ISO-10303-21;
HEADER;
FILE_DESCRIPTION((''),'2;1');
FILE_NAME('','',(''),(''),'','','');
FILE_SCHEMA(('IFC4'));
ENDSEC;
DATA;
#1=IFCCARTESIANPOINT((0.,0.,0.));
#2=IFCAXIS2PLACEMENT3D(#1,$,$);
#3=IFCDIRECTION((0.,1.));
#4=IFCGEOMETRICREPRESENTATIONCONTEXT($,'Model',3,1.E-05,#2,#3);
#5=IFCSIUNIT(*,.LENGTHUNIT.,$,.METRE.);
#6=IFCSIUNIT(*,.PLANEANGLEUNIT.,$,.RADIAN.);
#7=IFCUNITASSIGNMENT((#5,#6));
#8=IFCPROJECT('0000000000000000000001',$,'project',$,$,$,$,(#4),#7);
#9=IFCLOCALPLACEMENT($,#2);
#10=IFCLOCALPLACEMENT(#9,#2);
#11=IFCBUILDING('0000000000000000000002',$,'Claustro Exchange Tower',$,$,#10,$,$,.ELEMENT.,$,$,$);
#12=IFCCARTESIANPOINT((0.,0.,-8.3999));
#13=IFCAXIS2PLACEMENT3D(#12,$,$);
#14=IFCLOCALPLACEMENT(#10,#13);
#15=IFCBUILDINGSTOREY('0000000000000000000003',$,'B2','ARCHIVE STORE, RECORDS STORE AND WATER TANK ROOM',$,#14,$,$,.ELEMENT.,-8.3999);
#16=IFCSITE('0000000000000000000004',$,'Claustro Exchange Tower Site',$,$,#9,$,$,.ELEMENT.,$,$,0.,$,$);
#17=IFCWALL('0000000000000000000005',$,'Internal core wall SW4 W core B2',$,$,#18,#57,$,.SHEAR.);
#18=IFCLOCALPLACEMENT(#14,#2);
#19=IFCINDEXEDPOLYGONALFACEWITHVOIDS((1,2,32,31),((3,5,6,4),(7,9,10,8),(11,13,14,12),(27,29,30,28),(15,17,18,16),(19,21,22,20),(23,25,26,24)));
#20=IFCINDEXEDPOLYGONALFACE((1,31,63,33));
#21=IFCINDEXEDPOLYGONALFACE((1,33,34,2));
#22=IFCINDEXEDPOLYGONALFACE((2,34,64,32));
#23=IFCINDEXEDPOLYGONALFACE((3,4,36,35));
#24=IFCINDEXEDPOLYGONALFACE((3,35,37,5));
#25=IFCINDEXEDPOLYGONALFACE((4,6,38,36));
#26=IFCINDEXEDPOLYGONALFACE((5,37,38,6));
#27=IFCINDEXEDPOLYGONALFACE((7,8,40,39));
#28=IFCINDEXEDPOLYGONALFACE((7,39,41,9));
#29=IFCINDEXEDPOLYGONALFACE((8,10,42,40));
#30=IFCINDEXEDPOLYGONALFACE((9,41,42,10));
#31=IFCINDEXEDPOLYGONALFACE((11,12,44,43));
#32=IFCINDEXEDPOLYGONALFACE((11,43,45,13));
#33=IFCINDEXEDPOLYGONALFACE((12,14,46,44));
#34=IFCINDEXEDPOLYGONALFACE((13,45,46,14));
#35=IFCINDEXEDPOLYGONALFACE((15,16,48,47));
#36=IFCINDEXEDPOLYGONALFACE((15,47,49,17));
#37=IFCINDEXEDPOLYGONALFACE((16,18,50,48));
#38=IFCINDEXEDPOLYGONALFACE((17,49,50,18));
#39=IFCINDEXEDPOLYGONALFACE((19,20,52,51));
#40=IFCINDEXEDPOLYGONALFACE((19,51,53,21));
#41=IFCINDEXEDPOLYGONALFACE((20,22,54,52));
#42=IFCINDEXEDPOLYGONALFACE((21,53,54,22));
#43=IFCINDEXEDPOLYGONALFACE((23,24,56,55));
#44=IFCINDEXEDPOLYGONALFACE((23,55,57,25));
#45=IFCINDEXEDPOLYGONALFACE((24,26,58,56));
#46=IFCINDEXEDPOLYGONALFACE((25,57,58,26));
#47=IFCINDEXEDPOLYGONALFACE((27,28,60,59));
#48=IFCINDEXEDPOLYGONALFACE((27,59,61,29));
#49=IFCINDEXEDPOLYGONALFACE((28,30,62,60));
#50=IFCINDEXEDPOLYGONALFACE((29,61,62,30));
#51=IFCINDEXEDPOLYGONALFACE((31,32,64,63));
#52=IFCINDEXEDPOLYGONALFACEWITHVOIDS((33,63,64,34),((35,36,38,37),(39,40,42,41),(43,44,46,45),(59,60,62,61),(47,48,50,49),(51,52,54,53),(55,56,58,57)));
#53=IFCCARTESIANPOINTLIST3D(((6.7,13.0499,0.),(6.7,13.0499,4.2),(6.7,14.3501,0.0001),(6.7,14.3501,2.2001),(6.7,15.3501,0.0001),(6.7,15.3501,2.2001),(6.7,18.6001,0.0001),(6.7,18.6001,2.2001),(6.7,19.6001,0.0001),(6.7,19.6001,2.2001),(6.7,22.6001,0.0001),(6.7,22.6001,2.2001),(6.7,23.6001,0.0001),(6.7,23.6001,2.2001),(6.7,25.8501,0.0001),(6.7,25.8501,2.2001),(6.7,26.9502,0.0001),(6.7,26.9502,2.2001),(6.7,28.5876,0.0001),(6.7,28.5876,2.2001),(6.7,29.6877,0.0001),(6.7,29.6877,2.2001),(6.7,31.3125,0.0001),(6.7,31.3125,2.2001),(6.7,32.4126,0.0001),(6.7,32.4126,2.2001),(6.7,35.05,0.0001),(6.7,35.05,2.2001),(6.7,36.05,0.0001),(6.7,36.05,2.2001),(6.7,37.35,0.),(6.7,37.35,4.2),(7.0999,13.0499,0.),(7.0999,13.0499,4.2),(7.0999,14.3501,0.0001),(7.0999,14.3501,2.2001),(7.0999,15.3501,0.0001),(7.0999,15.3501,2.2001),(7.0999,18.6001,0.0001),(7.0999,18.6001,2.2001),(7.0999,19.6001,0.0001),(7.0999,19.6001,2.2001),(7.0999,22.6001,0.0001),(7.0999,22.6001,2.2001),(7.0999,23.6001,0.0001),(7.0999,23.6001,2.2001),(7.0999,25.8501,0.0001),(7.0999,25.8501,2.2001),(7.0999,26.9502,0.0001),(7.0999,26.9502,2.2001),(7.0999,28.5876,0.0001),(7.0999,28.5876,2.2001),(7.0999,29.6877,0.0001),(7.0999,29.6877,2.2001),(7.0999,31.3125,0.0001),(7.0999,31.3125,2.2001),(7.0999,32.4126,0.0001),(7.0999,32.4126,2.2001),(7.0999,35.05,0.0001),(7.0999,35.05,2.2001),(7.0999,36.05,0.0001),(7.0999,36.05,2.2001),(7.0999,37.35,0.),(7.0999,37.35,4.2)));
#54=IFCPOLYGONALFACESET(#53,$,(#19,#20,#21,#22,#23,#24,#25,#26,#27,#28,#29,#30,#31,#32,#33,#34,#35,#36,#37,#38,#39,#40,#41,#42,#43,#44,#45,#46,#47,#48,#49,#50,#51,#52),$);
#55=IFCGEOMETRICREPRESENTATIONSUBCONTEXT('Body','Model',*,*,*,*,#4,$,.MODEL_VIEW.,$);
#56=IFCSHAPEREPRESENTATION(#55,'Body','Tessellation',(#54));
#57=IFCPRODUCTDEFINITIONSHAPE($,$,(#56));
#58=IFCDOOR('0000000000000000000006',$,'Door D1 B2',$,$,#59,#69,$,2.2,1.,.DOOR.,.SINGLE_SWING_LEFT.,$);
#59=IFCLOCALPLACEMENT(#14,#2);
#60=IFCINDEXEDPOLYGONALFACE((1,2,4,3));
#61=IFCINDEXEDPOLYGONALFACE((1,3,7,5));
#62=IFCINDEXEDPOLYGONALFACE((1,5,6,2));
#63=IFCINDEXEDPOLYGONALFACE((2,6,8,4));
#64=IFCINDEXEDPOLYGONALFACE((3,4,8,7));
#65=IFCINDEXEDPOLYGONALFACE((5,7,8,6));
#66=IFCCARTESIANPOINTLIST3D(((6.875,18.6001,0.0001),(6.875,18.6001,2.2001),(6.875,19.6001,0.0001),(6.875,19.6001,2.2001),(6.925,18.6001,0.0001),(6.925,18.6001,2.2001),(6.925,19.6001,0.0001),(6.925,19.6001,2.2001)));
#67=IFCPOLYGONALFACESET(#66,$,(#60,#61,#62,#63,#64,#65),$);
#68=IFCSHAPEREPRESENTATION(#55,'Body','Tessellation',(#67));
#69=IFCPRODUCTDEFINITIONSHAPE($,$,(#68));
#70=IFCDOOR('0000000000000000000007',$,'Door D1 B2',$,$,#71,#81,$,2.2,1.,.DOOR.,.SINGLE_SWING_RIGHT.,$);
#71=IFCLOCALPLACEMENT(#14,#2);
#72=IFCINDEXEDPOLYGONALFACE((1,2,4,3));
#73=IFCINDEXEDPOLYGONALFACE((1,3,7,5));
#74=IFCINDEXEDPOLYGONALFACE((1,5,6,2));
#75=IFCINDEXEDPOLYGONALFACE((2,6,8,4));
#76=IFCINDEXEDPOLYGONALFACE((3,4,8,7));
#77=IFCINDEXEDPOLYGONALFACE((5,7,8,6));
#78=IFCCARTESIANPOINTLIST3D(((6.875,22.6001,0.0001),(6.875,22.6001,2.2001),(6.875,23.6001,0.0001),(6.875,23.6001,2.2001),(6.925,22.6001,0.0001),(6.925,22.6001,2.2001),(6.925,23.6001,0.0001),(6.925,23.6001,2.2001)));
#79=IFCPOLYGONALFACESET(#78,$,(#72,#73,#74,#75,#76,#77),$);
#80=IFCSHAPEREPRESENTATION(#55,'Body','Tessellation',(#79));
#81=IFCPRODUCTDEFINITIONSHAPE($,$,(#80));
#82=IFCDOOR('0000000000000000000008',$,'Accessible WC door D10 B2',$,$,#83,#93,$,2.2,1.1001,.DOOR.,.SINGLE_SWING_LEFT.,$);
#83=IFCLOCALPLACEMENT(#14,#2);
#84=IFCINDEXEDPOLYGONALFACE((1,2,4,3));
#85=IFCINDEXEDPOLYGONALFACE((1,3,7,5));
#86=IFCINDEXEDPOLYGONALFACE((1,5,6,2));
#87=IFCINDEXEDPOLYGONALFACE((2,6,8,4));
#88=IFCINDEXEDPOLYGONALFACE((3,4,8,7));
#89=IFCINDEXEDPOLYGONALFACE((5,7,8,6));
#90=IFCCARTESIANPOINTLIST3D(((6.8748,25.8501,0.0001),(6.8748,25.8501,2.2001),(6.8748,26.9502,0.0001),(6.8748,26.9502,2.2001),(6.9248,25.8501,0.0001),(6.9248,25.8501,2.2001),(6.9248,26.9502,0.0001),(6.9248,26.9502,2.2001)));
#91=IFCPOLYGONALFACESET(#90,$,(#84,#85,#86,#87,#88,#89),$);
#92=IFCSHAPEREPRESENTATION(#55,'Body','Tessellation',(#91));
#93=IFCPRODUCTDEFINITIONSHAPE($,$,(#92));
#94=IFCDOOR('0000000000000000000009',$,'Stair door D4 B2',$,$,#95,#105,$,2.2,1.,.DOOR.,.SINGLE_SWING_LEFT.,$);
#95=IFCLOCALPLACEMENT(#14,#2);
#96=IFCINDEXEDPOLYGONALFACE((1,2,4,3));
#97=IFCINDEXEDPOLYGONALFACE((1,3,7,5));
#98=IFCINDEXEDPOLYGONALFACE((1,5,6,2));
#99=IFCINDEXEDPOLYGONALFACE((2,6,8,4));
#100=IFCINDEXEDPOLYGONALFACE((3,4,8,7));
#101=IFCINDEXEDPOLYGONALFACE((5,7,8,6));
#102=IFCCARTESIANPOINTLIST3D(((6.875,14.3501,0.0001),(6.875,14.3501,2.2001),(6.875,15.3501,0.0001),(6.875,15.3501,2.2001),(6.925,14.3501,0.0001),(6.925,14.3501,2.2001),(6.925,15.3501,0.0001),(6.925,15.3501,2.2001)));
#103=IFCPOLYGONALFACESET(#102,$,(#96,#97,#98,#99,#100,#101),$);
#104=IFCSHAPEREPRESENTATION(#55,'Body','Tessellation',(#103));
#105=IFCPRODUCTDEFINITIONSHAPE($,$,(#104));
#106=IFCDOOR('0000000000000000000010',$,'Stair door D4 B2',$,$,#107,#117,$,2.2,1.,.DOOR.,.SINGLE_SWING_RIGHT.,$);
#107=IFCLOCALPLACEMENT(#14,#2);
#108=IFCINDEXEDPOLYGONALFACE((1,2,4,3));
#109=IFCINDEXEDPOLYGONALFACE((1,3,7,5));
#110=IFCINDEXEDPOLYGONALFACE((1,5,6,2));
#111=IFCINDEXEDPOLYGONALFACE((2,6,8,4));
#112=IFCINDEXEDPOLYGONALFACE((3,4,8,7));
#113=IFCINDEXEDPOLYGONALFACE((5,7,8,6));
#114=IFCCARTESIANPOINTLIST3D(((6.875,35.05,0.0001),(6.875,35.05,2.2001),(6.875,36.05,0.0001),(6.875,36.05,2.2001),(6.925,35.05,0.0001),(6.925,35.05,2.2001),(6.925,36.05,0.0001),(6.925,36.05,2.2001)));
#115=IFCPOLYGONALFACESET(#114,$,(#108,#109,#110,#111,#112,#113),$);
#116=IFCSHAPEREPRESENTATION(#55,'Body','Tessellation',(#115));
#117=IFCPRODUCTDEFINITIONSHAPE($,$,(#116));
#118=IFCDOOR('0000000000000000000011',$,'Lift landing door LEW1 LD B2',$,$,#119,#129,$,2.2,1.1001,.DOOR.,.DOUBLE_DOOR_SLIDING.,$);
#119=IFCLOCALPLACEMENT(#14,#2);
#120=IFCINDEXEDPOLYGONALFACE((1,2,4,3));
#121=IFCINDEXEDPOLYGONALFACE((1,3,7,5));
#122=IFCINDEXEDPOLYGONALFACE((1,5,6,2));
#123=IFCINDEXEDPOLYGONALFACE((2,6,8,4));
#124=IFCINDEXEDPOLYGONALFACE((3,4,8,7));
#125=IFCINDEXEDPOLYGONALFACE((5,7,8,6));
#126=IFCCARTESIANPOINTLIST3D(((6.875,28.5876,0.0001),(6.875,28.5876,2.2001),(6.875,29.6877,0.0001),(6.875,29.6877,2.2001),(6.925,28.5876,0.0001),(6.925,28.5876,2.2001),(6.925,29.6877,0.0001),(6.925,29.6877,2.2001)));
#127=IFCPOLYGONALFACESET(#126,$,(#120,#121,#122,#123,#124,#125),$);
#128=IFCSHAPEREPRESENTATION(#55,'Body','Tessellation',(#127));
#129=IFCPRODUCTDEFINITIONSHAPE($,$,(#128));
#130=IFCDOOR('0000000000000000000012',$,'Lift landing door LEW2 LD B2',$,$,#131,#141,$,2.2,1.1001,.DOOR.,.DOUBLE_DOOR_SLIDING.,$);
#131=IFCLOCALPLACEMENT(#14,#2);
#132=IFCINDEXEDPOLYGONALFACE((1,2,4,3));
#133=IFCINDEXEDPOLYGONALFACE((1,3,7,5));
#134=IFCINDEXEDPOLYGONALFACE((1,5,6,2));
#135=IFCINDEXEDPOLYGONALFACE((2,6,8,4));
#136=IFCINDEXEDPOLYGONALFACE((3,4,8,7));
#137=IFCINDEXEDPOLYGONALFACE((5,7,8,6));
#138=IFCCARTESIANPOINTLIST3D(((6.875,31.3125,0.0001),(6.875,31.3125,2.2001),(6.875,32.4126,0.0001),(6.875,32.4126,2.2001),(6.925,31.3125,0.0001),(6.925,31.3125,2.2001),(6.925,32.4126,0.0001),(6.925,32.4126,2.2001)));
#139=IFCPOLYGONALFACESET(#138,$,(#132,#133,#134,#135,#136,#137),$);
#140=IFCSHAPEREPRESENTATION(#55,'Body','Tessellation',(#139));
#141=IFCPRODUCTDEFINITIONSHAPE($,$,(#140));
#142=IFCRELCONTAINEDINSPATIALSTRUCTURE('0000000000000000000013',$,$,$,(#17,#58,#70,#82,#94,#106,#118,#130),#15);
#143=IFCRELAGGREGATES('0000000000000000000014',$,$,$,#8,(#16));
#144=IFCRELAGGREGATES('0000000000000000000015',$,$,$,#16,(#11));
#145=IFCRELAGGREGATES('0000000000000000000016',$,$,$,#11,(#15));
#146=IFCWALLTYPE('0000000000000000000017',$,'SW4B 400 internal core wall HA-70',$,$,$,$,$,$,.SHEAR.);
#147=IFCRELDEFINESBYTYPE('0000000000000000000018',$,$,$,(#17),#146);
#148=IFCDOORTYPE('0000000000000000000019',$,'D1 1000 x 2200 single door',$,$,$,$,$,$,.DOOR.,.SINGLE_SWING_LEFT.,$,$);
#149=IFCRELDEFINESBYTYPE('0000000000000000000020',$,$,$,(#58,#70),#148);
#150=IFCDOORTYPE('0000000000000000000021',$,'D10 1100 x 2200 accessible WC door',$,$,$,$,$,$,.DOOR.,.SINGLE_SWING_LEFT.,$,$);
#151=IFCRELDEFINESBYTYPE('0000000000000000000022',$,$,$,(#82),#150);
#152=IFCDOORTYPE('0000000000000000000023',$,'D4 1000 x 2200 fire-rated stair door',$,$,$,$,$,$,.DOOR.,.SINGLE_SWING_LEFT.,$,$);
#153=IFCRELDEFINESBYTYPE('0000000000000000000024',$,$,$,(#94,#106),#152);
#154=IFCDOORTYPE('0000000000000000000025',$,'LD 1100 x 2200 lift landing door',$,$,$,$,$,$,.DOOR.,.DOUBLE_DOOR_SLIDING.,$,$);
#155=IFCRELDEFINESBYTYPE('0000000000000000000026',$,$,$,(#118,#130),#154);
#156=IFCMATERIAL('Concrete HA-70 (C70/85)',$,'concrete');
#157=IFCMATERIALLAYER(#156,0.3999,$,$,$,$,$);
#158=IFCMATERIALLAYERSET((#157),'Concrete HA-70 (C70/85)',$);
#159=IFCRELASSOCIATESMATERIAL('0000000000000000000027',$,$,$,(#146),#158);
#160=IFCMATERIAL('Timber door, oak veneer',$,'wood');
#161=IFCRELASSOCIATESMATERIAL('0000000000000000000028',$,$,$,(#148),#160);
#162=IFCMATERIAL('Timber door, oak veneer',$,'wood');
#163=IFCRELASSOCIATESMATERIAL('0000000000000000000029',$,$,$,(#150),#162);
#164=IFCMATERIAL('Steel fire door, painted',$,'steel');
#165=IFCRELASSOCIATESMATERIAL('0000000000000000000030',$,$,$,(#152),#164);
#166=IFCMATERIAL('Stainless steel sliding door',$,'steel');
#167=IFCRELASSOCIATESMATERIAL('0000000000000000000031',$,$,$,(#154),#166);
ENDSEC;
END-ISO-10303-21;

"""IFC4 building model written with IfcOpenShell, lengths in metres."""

from ifc_helpers import new_model, si_unit, direction, frame, frame_2d, origin, place, context, subcontext, project, spatial, rectangle, extrude, material, layer, layer_set, type_object, element, fill, save


model = new_model("IFC4")

# Units and contexts
model_context = context("Model", 3, precision=1e-05, world=origin(), true_north=direction((0.0, 1.0)))
body_context = subcontext(model_context, "Body", "Model", "MODEL_VIEW")
ifc_project = project(units=[si_unit("LENGTHUNIT", "METRE"), si_unit("PLANEANGLEUNIT", "RADIAN")], contexts=[model_context])

# Site, building, storey
site_placement = place(None, origin())
site = spatial("IfcSite", under=ifc_project, at=site_placement, Name="Claustro Exchange Tower Site", CompositionType="ELEMENT", RefElevation=0.0)
building_placement = place(site_placement, origin())
building = spatial("IfcBuilding", under=site, at=building_placement, Name="Claustro Exchange Tower", CompositionType="ELEMENT")
storey_placement = place(building_placement, frame((0.0, 0.0, -8.3999)))
storey = spatial("IfcBuildingStorey", under=building, at=storey_placement, Name="B2", Description="ARCHIVE STORE, RECORDS STORE AND WATER TANK ROOM", CompositionType="ELEMENT", Elevation=-8.3999)

# Wall, openings, doors
ifc_material_1 = material(Name="Concrete HA-70 (C70/85)", Category="concrete")
ifc_layer_1 = layer(ifc_material_1, 0.3999)
ifc_layer_set_1 = layer_set([ifc_layer_1], Name="Concrete HA-70 (C70/85)")
wall_type = type_object("IfcWallType", Name="SW4B 400 internal core wall HA-70", PredefinedType="SHEAR", material=ifc_layer_set_1)
wall_placement = place(storey_placement, frame((6.8999, 13.05, 0.0), z_axis=(0.0, 0.0, 1.0), x_axis=(0.0, 1.0, 0.0)))
wall = element("IfcWall", 1, at=wall_placement, inside=storey, type_object=wall_type, Name="Internal core wall SW4 W core B2", PredefinedType="SHEAR", context=body_context, shape_type="SweptSolid", body=[
    extrude(rectangle(XDim=24.3, YDim=0.3999, at=frame_2d((12.1499, 0.0))), origin(), (0.0, 0.0, 1.0), 4.2),
])
opening_1_placement = place(wall_placement, frame((1.3, 0.0, 0.0)))
opening_1 = element("IfcOpeningElement", 2, at=opening_1_placement, cuts=wall, PredefinedType="OPENING", context=body_context, shape_type="SweptSolid", body=[
    extrude(rectangle(XDim=1.0, YDim=2.2, at=frame_2d((0.5, 1.1001))), frame((0.0, 0.21, 0.0), z_axis=(0.0, -1.0, 0.0), x_axis=(1.0, 0.0, 0.0)), (0.0, 0.0, 1.0), 0.4199),
])
opening_2_placement = place(wall_placement, frame((22.0, 0.0, 0.0)))
opening_2 = element("IfcOpeningElement", 3, at=opening_2_placement, cuts=wall, PredefinedType="OPENING", context=body_context, shape_type="SweptSolid", body=[
    extrude(rectangle(XDim=1.0, YDim=2.2, at=frame_2d((0.5, 1.1001))), frame((0.0, 0.21, 0.0), z_axis=(0.0, -1.0, 0.0), x_axis=(1.0, 0.0, 0.0)), (0.0, 0.0, 1.0), 0.4199),
])
opening_3_placement = place(wall_placement, frame((5.55, 0.0, 0.0)))
opening_3 = element("IfcOpeningElement", 4, at=opening_3_placement, cuts=wall, PredefinedType="OPENING", context=body_context, shape_type="SweptSolid", body=[
    extrude(rectangle(XDim=1.0, YDim=2.2, at=frame_2d((0.5, 1.1001))), frame((0.0, 0.21, 0.0), z_axis=(0.0, -1.0, 0.0), x_axis=(1.0, 0.0, 0.0)), (0.0, 0.0, 1.0), 0.4199),
])
opening_4_placement = place(wall_placement, frame((9.55, 0.0, 0.0)))
opening_4 = element("IfcOpeningElement", 5, at=opening_4_placement, cuts=wall, PredefinedType="OPENING", context=body_context, shape_type="SweptSolid", body=[
    extrude(rectangle(XDim=1.0, YDim=2.2, at=frame_2d((0.5, 1.1001))), frame((0.0, 0.21, 0.0), z_axis=(0.0, -1.0, 0.0), x_axis=(1.0, 0.0, 0.0)), (0.0, 0.0, 1.0), 0.4199),
])
opening_5_placement = place(wall_placement, frame((12.8, 0.0, 0.0)))
opening_5 = element("IfcOpeningElement", 6, at=opening_5_placement, cuts=wall, PredefinedType="OPENING", context=body_context, shape_type="SweptSolid", body=[
    extrude(rectangle(XDim=1.1001, YDim=2.2, at=frame_2d((0.55, 1.1001))), frame((0.0, 0.21, 0.0), z_axis=(0.0, -1.0, 0.0), x_axis=(1.0, 0.0, 0.0)), (0.0, 0.0, 1.0), 0.4199),
])
opening_6_placement = place(wall_placement, frame((15.5376, 0.0, 0.0)))
opening_6 = element("IfcOpeningElement", 7, at=opening_6_placement, cuts=wall, PredefinedType="OPENING", context=body_context, shape_type="SweptSolid", body=[
    extrude(rectangle(XDim=1.1001, YDim=2.2, at=frame_2d((0.55, 1.1001))), frame((0.0, 0.21, 0.0), z_axis=(0.0, -1.0, 0.0), x_axis=(1.0, 0.0, 0.0)), (0.0, 0.0, 1.0), 0.4199),
])
opening_7_placement = place(wall_placement, frame((18.2625, 0.0, 0.0)))
opening_7 = element("IfcOpeningElement", 8, at=opening_7_placement, cuts=wall, PredefinedType="OPENING", context=body_context, shape_type="SweptSolid", body=[
    extrude(rectangle(XDim=1.1001, YDim=2.2, at=frame_2d((0.55, 1.1001))), frame((0.0, 0.21, 0.0), z_axis=(0.0, -1.0, 0.0), x_axis=(1.0, 0.0, 0.0)), (0.0, 0.0, 1.0), 0.4199),
])
ifc_material_2 = material(Name="Timber door, oak veneer", Category="wood")
door_type_1 = type_object("IfcDoorType", Name="D1 1000 x 2200 single door", OperationType="SINGLE_SWING_LEFT", PredefinedType="DOOR", material=ifc_material_2)
door_1_placement = place(opening_3_placement, origin())
door_1 = element("IfcDoor", 9, at=door_1_placement, inside=storey, type_object=door_type_1, Name="Door D1 B2", OperationType="SINGLE_SWING_LEFT", OverallHeight=2.2, OverallWidth=1.0, PredefinedType="DOOR", context=body_context, shape_type="SweptSolid", body=[
    extrude(rectangle(XDim=1.0, YDim=2.2, at=frame_2d((0.5, 1.1001))), frame((0.0, 0.0249, 0.0), z_axis=(0.0, -1.0, 0.0), x_axis=(1.0, 0.0, 0.0)), (0.0, 0.0, 1.0), 0.05),
])
fill(opening_3, door_1)
door_2_placement = place(opening_4_placement, origin())
door_2 = element("IfcDoor", 10, at=door_2_placement, inside=storey, type_object=door_type_1, Name="Door D1 B2", OperationType="SINGLE_SWING_RIGHT", OverallHeight=2.2, OverallWidth=1.0, PredefinedType="DOOR", context=body_context, shape_type="SweptSolid", body=[
    extrude(rectangle(XDim=1.0, YDim=2.2, at=frame_2d((0.5, 1.1001))), frame((0.0, 0.0249, 0.0), z_axis=(0.0, -1.0, 0.0), x_axis=(1.0, 0.0, 0.0)), (0.0, 0.0, 1.0), 0.05),
])
fill(opening_4, door_2)
ifc_material_3 = material(Name="Timber door, oak veneer", Category="wood")
door_type_2 = type_object("IfcDoorType", Name="D10 1100 x 2200 accessible WC door", OperationType="SINGLE_SWING_LEFT", PredefinedType="DOOR", material=ifc_material_3)
door_3_placement = place(opening_5_placement, frame((1.1001, 0.0, 0.0), z_axis=(0.0, 0.0, 1.0), x_axis=(-1.0, 0.0, 0.0)))
door_3 = element("IfcDoor", 11, at=door_3_placement, inside=storey, type_object=door_type_2, Name="Accessible WC door D10 B2", OperationType="SINGLE_SWING_LEFT", OverallHeight=2.2, OverallWidth=1.1001, PredefinedType="DOOR", context=body_context, shape_type="SweptSolid", body=[
    extrude(rectangle(XDim=1.1001, YDim=2.2, at=frame_2d((0.55, 1.1001))), frame((0.0, 0.0249, 0.0), z_axis=(0.0, -1.0, 0.0), x_axis=(1.0, 0.0, 0.0)), (0.0, 0.0, 1.0), 0.05),
])
fill(opening_5, door_3)
ifc_material_4 = material(Name="Steel fire door, painted", Category="steel")
door_type_3 = type_object("IfcDoorType", Name="D4 1000 x 2200 fire-rated stair door", OperationType="SINGLE_SWING_LEFT", PredefinedType="DOOR", material=ifc_material_4)
door_4_placement = place(opening_1_placement, origin())
door_4 = element("IfcDoor", 12, at=door_4_placement, inside=storey, type_object=door_type_3, Name="Stair door D4 B2", OperationType="SINGLE_SWING_LEFT", OverallHeight=2.2, OverallWidth=1.0, PredefinedType="DOOR", context=body_context, shape_type="SweptSolid", body=[
    extrude(rectangle(XDim=1.0, YDim=2.2, at=frame_2d((0.5, 1.1001))), frame((0.0, 0.0249, 0.0), z_axis=(0.0, -1.0, 0.0), x_axis=(1.0, 0.0, 0.0)), (0.0, 0.0, 1.0), 0.05),
])
fill(opening_1, door_4)
door_5_placement = place(opening_2_placement, origin())
door_5 = element("IfcDoor", 13, at=door_5_placement, inside=storey, type_object=door_type_3, Name="Stair door D4 B2", OperationType="SINGLE_SWING_RIGHT", OverallHeight=2.2, OverallWidth=1.0, PredefinedType="DOOR", context=body_context, shape_type="SweptSolid", body=[
    extrude(rectangle(XDim=1.0, YDim=2.2, at=frame_2d((0.5, 1.1001))), frame((0.0, 0.0249, 0.0), z_axis=(0.0, -1.0, 0.0), x_axis=(1.0, 0.0, 0.0)), (0.0, 0.0, 1.0), 0.05),
])
fill(opening_2, door_5)
ifc_material_5 = material(Name="Stainless steel sliding door", Category="steel")
door_type_4 = type_object("IfcDoorType", Name="LD 1100 x 2200 lift landing door", OperationType="DOUBLE_DOOR_SLIDING", PredefinedType="DOOR", material=ifc_material_5)
door_6_placement = place(opening_6_placement, origin())
door_6 = element("IfcDoor", 14, at=door_6_placement, inside=storey, type_object=door_type_4, Name="Lift landing door LEW1 LD B2", OperationType="DOUBLE_DOOR_SLIDING", OverallHeight=2.2, OverallWidth=1.1001, PredefinedType="DOOR", context=body_context, shape_type="SweptSolid", body=[
    extrude(rectangle(XDim=1.1001, YDim=2.2, at=frame_2d((0.55, 1.1001))), frame((0.0, 0.0249, 0.0), z_axis=(0.0, -1.0, 0.0), x_axis=(1.0, 0.0, 0.0)), (0.0, 0.0, 1.0), 0.05),
])
fill(opening_6, door_6)
door_7_placement = place(opening_7_placement, origin())
door_7 = element("IfcDoor", 15, at=door_7_placement, inside=storey, type_object=door_type_4, Name="Lift landing door LEW2 LD B2", OperationType="DOUBLE_DOOR_SLIDING", OverallHeight=2.2, OverallWidth=1.1001, PredefinedType="DOOR", context=body_context, shape_type="SweptSolid", body=[
    extrude(rectangle(XDim=1.1001, YDim=2.2, at=frame_2d((0.55, 1.1001))), frame((0.0, 0.0249, 0.0), z_axis=(0.0, -1.0, 0.0), x_axis=(1.0, 0.0, 0.0)), (0.0, 0.0, 1.0), 0.05),
])
fill(opening_7, door_7)

save(model, "model.ifc")
